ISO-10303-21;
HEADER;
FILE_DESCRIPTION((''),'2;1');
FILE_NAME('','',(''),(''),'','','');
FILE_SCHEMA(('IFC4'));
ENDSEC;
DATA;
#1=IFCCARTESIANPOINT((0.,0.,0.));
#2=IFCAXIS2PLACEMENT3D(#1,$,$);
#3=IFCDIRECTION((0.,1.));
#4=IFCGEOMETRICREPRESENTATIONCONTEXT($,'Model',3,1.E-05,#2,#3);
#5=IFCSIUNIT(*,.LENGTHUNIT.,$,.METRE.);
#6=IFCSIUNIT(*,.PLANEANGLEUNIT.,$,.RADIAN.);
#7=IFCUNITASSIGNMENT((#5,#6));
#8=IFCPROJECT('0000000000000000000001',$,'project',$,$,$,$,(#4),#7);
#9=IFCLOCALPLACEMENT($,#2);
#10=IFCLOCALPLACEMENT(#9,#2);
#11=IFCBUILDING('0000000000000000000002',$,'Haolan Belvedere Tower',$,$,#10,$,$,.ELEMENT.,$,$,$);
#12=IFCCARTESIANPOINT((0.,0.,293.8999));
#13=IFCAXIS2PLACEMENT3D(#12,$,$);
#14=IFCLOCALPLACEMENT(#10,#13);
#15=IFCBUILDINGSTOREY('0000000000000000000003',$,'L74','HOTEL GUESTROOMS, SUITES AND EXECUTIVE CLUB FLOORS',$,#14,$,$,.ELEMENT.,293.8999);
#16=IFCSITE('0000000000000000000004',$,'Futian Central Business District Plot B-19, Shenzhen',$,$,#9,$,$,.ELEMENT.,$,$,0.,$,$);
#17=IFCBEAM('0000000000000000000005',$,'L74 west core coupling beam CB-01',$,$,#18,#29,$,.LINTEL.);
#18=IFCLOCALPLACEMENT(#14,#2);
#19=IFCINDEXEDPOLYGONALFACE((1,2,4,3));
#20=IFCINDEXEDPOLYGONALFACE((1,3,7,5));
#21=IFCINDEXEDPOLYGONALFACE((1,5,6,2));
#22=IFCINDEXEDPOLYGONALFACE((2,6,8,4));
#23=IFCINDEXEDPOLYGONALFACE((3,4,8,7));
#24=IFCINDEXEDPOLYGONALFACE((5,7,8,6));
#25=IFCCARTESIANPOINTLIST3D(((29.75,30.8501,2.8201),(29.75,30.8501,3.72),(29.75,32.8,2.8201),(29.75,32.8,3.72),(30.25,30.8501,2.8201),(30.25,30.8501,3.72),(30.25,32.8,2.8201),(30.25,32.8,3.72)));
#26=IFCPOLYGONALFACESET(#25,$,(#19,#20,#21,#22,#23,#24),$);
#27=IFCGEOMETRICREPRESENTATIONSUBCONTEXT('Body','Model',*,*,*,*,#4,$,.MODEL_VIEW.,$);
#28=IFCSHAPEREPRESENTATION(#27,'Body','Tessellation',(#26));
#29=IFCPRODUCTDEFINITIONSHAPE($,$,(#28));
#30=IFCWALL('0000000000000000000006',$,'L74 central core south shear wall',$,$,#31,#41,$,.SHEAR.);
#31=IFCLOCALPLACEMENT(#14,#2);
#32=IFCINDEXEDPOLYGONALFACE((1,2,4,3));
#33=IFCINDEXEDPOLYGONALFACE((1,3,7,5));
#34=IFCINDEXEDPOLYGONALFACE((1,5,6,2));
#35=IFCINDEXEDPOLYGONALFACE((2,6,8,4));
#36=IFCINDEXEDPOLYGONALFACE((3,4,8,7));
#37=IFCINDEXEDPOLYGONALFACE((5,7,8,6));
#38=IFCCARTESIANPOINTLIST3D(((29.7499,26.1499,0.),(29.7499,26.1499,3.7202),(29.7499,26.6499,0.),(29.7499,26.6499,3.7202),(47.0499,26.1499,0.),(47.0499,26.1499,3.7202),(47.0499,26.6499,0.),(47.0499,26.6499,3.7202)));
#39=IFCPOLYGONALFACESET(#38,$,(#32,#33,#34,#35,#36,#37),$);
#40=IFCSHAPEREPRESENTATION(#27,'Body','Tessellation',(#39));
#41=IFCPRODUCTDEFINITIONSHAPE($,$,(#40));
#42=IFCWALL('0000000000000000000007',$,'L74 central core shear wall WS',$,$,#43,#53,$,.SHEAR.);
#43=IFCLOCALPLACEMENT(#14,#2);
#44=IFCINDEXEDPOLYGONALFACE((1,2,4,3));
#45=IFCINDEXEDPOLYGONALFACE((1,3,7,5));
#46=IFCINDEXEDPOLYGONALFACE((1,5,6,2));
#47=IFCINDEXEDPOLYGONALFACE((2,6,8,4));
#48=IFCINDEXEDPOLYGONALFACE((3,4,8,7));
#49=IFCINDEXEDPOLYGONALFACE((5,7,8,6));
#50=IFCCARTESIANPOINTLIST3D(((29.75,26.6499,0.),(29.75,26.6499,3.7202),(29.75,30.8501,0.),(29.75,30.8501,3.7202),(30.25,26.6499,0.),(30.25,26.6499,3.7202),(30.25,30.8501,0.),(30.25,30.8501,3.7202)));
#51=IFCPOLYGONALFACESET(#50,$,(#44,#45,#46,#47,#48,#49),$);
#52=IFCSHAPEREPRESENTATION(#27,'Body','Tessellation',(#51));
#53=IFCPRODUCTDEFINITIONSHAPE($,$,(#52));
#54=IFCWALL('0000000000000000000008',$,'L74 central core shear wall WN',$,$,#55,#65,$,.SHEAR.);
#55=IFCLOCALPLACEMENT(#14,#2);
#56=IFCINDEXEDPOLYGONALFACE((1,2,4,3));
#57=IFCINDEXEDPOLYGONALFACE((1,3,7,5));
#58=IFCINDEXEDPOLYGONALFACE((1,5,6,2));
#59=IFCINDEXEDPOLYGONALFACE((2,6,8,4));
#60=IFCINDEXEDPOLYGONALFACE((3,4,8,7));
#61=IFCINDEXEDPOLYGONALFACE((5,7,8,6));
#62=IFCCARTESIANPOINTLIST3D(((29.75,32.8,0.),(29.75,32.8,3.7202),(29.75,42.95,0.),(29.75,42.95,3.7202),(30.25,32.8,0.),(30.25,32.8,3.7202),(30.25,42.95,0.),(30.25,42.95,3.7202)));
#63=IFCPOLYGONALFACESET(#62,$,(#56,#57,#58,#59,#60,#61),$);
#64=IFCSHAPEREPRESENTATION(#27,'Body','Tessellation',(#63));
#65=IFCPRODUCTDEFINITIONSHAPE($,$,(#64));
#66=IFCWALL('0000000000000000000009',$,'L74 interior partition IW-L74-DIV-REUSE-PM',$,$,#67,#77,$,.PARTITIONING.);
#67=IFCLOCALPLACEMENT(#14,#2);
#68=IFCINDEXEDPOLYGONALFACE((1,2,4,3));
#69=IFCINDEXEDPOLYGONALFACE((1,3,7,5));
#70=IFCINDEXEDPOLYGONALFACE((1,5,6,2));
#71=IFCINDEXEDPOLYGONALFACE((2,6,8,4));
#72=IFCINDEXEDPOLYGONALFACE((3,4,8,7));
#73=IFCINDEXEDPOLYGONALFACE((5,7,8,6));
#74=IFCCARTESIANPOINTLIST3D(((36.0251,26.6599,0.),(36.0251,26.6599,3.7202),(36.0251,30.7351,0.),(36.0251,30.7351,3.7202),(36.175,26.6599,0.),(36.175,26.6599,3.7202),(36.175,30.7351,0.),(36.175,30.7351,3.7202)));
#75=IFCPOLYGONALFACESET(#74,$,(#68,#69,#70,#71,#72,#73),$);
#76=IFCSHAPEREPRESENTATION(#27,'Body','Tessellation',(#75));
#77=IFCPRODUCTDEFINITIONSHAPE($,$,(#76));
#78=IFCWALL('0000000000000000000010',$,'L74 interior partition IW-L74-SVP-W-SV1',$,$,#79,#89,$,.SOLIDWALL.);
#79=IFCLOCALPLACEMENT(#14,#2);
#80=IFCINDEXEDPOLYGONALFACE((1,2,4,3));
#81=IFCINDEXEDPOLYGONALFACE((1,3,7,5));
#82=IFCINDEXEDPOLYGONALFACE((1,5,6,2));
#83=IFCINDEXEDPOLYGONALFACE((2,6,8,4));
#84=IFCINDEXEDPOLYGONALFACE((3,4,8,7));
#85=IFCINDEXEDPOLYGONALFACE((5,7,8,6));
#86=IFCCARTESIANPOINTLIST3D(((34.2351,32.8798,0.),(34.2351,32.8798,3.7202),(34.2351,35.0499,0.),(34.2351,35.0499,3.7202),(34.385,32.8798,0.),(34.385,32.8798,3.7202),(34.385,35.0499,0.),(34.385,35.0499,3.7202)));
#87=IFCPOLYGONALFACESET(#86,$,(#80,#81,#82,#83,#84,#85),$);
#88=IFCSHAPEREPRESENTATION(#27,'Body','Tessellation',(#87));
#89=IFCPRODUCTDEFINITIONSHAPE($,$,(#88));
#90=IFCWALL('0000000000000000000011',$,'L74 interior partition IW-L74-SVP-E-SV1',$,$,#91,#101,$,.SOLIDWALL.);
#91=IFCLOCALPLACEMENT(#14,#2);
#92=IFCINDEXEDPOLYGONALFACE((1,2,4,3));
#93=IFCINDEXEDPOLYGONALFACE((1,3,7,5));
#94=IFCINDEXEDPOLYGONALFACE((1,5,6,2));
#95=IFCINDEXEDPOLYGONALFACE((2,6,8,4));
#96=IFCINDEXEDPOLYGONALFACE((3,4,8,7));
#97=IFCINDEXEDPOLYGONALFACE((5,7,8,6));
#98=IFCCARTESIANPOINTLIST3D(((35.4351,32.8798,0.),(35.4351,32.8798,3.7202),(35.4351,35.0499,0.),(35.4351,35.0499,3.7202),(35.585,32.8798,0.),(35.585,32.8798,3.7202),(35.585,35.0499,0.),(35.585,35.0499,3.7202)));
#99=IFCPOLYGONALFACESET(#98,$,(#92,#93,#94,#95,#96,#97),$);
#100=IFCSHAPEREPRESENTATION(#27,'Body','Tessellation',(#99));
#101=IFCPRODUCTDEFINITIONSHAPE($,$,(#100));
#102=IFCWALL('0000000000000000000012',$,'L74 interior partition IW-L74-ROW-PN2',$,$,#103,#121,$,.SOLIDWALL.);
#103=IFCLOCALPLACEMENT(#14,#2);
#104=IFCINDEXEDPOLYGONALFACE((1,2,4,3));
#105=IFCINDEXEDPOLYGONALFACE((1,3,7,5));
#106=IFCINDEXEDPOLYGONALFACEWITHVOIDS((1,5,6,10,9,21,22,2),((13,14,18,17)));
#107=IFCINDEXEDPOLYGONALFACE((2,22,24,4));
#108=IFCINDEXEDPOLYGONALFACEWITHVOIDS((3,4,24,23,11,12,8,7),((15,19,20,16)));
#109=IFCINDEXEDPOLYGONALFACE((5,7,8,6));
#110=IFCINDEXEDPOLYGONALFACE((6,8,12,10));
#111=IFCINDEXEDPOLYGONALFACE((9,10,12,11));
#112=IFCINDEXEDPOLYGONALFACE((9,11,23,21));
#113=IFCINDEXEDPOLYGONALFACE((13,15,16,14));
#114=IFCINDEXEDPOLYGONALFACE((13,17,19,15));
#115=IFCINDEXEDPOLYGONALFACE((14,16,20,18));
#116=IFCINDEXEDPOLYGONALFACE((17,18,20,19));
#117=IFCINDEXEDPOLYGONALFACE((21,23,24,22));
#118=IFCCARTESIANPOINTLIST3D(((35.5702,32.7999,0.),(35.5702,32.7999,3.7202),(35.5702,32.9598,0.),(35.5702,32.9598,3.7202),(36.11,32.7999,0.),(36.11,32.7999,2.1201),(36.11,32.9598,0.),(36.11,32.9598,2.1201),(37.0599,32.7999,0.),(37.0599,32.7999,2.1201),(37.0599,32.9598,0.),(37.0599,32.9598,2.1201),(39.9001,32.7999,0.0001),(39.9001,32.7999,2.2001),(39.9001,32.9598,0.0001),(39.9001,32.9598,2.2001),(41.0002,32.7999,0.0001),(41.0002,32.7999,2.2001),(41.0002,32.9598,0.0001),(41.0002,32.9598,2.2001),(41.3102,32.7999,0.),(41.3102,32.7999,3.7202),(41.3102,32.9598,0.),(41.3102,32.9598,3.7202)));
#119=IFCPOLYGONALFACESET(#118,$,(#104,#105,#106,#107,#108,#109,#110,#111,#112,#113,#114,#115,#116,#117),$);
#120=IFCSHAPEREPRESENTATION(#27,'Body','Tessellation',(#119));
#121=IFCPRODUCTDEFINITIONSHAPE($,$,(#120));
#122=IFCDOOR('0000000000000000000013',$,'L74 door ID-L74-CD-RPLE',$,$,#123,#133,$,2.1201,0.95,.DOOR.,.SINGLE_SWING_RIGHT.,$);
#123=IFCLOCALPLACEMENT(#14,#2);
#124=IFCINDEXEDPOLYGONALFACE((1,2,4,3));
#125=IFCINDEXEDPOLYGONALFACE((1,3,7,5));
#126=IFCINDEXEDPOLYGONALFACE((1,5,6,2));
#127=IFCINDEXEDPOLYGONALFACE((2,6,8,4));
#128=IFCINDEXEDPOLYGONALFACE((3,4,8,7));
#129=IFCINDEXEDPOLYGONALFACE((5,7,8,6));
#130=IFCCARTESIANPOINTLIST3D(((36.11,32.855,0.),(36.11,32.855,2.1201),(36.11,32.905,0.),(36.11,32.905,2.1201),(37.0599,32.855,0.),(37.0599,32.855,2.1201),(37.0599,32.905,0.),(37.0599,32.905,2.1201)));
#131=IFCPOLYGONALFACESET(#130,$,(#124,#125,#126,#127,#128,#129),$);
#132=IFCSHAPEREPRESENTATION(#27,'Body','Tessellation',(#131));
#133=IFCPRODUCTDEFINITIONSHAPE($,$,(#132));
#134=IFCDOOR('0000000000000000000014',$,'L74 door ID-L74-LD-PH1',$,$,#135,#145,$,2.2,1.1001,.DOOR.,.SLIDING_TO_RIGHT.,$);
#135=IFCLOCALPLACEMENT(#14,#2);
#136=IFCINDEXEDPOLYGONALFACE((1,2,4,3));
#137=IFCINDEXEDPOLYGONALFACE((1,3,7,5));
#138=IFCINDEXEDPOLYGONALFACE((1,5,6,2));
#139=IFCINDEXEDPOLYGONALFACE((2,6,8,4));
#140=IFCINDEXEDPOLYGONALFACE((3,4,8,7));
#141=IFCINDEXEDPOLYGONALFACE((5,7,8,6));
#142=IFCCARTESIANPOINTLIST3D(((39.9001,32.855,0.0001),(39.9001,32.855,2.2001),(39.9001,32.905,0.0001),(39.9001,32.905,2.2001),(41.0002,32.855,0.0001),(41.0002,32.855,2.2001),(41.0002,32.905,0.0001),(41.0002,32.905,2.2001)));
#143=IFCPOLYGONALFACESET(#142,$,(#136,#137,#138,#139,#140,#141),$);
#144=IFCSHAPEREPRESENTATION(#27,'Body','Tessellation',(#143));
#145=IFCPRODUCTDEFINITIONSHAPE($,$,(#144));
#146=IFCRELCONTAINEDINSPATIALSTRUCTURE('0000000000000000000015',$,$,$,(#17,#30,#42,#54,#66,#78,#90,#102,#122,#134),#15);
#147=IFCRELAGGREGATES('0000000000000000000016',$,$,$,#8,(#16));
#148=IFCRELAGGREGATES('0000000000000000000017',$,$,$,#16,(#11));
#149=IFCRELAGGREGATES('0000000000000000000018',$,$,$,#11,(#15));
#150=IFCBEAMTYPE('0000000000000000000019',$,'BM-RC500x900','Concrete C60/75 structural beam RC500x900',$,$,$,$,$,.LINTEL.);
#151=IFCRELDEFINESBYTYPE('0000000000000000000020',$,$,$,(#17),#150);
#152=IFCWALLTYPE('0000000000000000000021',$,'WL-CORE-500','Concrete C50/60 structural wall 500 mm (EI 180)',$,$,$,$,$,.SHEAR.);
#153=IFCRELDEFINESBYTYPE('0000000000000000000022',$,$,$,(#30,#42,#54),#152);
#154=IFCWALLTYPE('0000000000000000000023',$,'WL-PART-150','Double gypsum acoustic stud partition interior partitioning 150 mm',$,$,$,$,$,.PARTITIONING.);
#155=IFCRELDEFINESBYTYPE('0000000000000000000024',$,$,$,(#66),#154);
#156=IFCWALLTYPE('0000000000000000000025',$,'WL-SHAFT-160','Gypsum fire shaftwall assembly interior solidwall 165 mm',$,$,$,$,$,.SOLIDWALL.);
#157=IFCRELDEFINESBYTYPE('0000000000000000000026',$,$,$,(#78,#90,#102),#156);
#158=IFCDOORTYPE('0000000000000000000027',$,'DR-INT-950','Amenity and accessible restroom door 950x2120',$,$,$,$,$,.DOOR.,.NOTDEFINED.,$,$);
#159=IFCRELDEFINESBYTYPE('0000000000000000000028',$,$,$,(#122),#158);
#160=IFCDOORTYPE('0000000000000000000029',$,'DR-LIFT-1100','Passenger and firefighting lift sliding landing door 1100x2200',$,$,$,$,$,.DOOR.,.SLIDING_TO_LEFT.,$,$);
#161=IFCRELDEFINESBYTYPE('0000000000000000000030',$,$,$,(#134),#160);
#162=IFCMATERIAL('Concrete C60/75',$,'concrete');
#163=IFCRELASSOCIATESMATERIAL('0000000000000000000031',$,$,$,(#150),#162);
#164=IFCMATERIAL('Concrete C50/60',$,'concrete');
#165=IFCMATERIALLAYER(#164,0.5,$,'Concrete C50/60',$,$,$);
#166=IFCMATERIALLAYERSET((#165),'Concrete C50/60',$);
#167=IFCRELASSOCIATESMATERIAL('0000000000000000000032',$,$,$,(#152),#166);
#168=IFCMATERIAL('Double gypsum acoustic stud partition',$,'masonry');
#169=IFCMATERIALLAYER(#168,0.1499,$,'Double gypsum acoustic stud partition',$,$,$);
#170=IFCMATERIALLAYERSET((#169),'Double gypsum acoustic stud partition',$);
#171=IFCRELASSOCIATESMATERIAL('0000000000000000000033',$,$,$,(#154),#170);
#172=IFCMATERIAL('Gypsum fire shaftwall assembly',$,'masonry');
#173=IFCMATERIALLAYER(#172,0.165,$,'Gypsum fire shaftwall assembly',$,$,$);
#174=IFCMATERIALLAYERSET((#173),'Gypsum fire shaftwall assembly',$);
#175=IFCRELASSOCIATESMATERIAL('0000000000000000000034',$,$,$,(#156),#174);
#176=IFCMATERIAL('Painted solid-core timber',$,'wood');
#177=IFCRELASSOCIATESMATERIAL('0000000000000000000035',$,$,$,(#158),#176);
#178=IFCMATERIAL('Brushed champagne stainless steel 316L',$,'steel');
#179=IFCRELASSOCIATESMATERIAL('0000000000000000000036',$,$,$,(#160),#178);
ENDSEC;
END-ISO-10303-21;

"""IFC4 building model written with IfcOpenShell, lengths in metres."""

from ifc_helpers import new_model, si_unit, direction, frame, frame_2d, origin, origin_2d, place, context, subcontext, project, spatial, rectangle, extrude, material, layer, layer_set, material_profile, profile_set, type_object, element, fill, save


model = new_model("IFC4")

# Units and contexts
model_context = context("Model", 3, precision=1e-05, world=origin(), true_north=direction((0.0, 1.0)))
body_context = subcontext(model_context, "Body", "Model", "MODEL_VIEW")
ifc_project = project(units=[si_unit("LENGTHUNIT", "METRE"), si_unit("PLANEANGLEUNIT", "RADIAN")], contexts=[model_context])

# Site, building, storey
site_placement = place(None, origin())
site = spatial("IfcSite", under=ifc_project, at=site_placement, Name="Futian Central Business District Plot B-19, Shenzhen", CompositionType="ELEMENT", RefElevation=0.0)
building_placement = place(site_placement, origin())
building = spatial("IfcBuilding", under=site, at=building_placement, Name="Haolan Belvedere Tower", CompositionType="ELEMENT")
storey_placement = place(building_placement, frame((0.0, 0.0, 293.8999)))
storey = spatial("IfcBuildingStorey", under=building, at=storey_placement, Name="L74", Description="HOTEL GUESTROOMS, SUITES AND EXECUTIVE CLUB FLOORS", CompositionType="ELEMENT", Elevation=293.8999)

# Beam
ifc_material_1 = material(Name="Concrete C60/75", Category="concrete")
ifc_material_profile = material_profile(ifc_material_1, rectangle(XDim=0.5, YDim=0.8999, at=origin_2d()), Name="Concrete C60/75")
ifc_profile_set = profile_set([ifc_material_profile], Name="Concrete C60/75")
beam_type = type_object("IfcBeamType", Name="BM-RC500x900", Description="Concrete C60/75 structural beam RC500x900", PredefinedType="LINTEL", material=ifc_profile_set)
beam_placement = place(storey_placement, frame((30.0, 30.8501, 3.27), z_axis=(0.0, 1.0, 0.0), x_axis=(-1.0, 0.0, 0.0)))
element("IfcBeam", 1, at=beam_placement, inside=storey, type_object=beam_type, Name="L74 west core coupling beam CB-01", PredefinedType="LINTEL", context=body_context, shape_type="SweptSolid", body=[
    extrude(rectangle(XDim=0.5, YDim=0.8999, at=origin_2d()), origin(), (0.0, 0.0, 1.0), 1.95),
])

# Walls
ifc_material_2 = material(Name="Concrete C50/60", Category="concrete")
ifc_layer_1 = layer(ifc_material_2, 0.5, Name="Concrete C50/60")
ifc_layer_set_1 = layer_set([ifc_layer_1], Name="Concrete C50/60")
wall_type_1 = type_object("IfcWallType", Name="WL-CORE-500", Description="Concrete C50/60 structural wall 500 mm (EI 180)", PredefinedType="SHEAR", material=ifc_layer_set_1)
wall_1_placement = place(storey_placement, frame((29.75, 26.3999, 0.0), z_axis=(0.0, 0.0, 1.0), x_axis=(1.0, 0.0, 0.0)))
element("IfcWall", 2, at=wall_1_placement, inside=storey, type_object=wall_type_1, Name="L74 central core south shear wall", PredefinedType="SHEAR", context=body_context, shape_type="SweptSolid", body=[
    extrude(rectangle(XDim=17.3, YDim=0.5, at=frame_2d((8.6499, 0.0))), origin(), (0.0, 0.0, 1.0), 3.7202),
])
wall_2_placement = place(storey_placement, frame((30.0, 26.6499, 0.0), z_axis=(0.0, 0.0, 1.0), x_axis=(0.0, 1.0, 0.0)))
element("IfcWall", 3, at=wall_2_placement, inside=storey, type_object=wall_type_1, Name="L74 central core shear wall WS", PredefinedType="SHEAR", context=body_context, shape_type="SweptSolid", body=[
    extrude(rectangle(XDim=4.2002, YDim=0.5, at=frame_2d((2.1001, 0.0))), origin(), (0.0, 0.0, 1.0), 3.7202),
])
wall_3_placement = place(storey_placement, frame((30.0, 32.8, 0.0), z_axis=(0.0, 0.0, 1.0), x_axis=(0.0, 1.0, 0.0)))
element("IfcWall", 4, at=wall_3_placement, inside=storey, type_object=wall_type_1, Name="L74 central core shear wall WN", PredefinedType="SHEAR", context=body_context, shape_type="SweptSolid", body=[
    extrude(rectangle(XDim=10.1499, YDim=0.5, at=frame_2d((5.075, 0.0))), origin(), (0.0, 0.0, 1.0), 3.7202),
])
ifc_material_3 = material(Name="Double gypsum acoustic stud partition", Category="masonry")
ifc_layer_2 = layer(ifc_material_3, 0.1499, Name="Double gypsum acoustic stud partition")
ifc_layer_set_2 = layer_set([ifc_layer_2], Name="Double gypsum acoustic stud partition")
wall_type_2 = type_object("IfcWallType", Name="WL-PART-150", Description="Double gypsum acoustic stud partition interior partitioning 150 mm", PredefinedType="PARTITIONING", material=ifc_layer_set_2)
wall_4_placement = place(storey_placement, frame((36.1001, 26.6599, 0.0), z_axis=(0.0, 0.0, 1.0), x_axis=(0.0, 1.0, 0.0)))
element("IfcWall", 5, at=wall_4_placement, inside=storey, type_object=wall_type_2, Name="L74 interior partition IW-L74-DIV-REUSE-PM", PredefinedType="PARTITIONING", context=body_context, shape_type="SweptSolid", body=[
    extrude(rectangle(XDim=4.0752, YDim=0.1499, at=frame_2d((2.0376, 0.0))), origin(), (0.0, 0.0, 1.0), 3.7202),
])
ifc_material_4 = material(Name="Gypsum fire shaftwall assembly", Category="masonry")
ifc_layer_3 = layer(ifc_material_4, 0.165, Name="Gypsum fire shaftwall assembly")
ifc_layer_set_3 = layer_set([ifc_layer_3], Name="Gypsum fire shaftwall assembly")
wall_type_3 = type_object("IfcWallType", Name="WL-SHAFT-160", Description="Gypsum fire shaftwall assembly interior solidwall 165 mm", PredefinedType="SOLIDWALL", material=ifc_layer_set_3)
for number, where, z_axis, x_axis, name in (
    (6, (34.3101, 32.8799, 0.0), (0.0, 0.0, 1.0), (0.0, 1.0, 0.0), "L74 interior partition IW-L74-SVP-W-SV1"),
    (7, (35.51, 32.8799, 0.0), (0.0, 0.0, 1.0), (0.0, 1.0, 0.0), "L74 interior partition IW-L74-SVP-E-SV1"),
):
    element("IfcWall", number, at=place(storey_placement, frame(where, z_axis=z_axis, x_axis=x_axis)), inside=storey, type_object=wall_type_3, Name=name, PredefinedType="SOLIDWALL", context=body_context, shape_type="SweptSolid", body=[
        extrude(rectangle(XDim=2.1702, YDim=0.1499, at=frame_2d((1.085, 0.0))), origin(), (0.0, 0.0, 1.0), 3.7202),
    ])

# Shared definitions
ifc_material_5 = material(Name="Painted solid-core timber", Category="wood")
door_type_1 = type_object("IfcDoorType", Name="DR-INT-950", Description="Amenity and accessible restroom door 950x2120", OperationType="NOTDEFINED", PredefinedType="DOOR", material=ifc_material_5)

# Wall, openings, doors
wall_5_placement = place(storey_placement, frame((35.5701, 32.8799, 0.0), z_axis=(0.0, 0.0, 1.0), x_axis=(1.0, 0.0, 0.0)))
wall_5 = element("IfcWall", 8, at=wall_5_placement, inside=storey, type_object=wall_type_3, Name="L74 interior partition IW-L74-ROW-PN2", PredefinedType="SOLIDWALL", context=body_context, shape_type="SweptSolid", body=[
    extrude(rectangle(XDim=5.74, YDim=0.1599, at=frame_2d((2.8701, 0.0))), origin(), (0.0, 0.0, 1.0), 3.7202),
])
opening_1_placement = place(wall_5_placement, frame((1.49, 0.0, 0.0), z_axis=(0.0, 0.0, 1.0), x_axis=(-1.0, 0.0, 0.0)))
opening_1 = element("IfcOpeningElement", 9, at=opening_1_placement, cuts=wall_5, PredefinedType="OPENING", context=body_context, shape_type="SweptSolid", body=[
    extrude(rectangle(XDim=0.95, YDim=2.1201, at=frame_2d((0.4751, 1.0601))), frame((0.0, 0.0898, 0.0), z_axis=(0.0, -1.0, 0.0), x_axis=(1.0, 0.0, 0.0)), (0.0, 0.0, 1.0), 0.1799),
])
opening_2_placement = place(wall_5_placement, frame((5.4302, 0.0, 0.0), z_axis=(0.0, 0.0, 1.0), x_axis=(-1.0, 0.0, 0.0)))
opening_2 = element("IfcOpeningElement", 10, at=opening_2_placement, cuts=wall_5, PredefinedType="OPENING", context=body_context, shape_type="SweptSolid", body=[
    extrude(rectangle(XDim=1.1001, YDim=2.2, at=frame_2d((0.55, 1.1001))), frame((0.0, 0.0898, 0.0), z_axis=(0.0, -1.0, 0.0), x_axis=(1.0, 0.0, 0.0)), (0.0, 0.0, 1.0), 0.1799),
])
door_1_placement = place(opening_1_placement, origin())
door_1 = element("IfcDoor", 11, at=door_1_placement, inside=storey, type_object=door_type_1, Name="L74 door ID-L74-CD-RPLE", OperationType="SINGLE_SWING_RIGHT", OverallHeight=2.1201, OverallWidth=0.95, PredefinedType="DOOR", context=body_context, shape_type="SweptSolid", body=[
    extrude(rectangle(XDim=0.95, YDim=2.1201, at=frame_2d((0.4751, 1.0601))), frame((0.0, 0.0249, 0.0), z_axis=(0.0, -1.0, 0.0), x_axis=(1.0, 0.0, 0.0)), (0.0, 0.0, 1.0), 0.05),
])
fill(opening_1, door_1)
ifc_material_6 = material(Name="Brushed champagne stainless steel 316L", Category="steel")
door_type_2 = type_object("IfcDoorType", Name="DR-LIFT-1100", Description="Passenger and firefighting lift sliding landing door 1100x2200", OperationType="SLIDING_TO_LEFT", PredefinedType="DOOR", material=ifc_material_6)
door_2_placement = place(opening_2_placement, origin())
door_2 = element("IfcDoor", 12, at=door_2_placement, inside=storey, type_object=door_type_2, Name="L74 door ID-L74-LD-PH1", OperationType="SLIDING_TO_RIGHT", OverallHeight=2.2, OverallWidth=1.1001, PredefinedType="DOOR", context=body_context, shape_type="SweptSolid", body=[
    extrude(rectangle(XDim=1.1001, YDim=2.2, at=frame_2d((0.55, 1.1001))), frame((0.0, 0.0249, 0.0), z_axis=(0.0, -1.0, 0.0), x_axis=(1.0, 0.0, 0.0)), (0.0, 0.0, 1.0), 0.05),
])
fill(opening_2, door_2)

save(model, "model.ifc")
